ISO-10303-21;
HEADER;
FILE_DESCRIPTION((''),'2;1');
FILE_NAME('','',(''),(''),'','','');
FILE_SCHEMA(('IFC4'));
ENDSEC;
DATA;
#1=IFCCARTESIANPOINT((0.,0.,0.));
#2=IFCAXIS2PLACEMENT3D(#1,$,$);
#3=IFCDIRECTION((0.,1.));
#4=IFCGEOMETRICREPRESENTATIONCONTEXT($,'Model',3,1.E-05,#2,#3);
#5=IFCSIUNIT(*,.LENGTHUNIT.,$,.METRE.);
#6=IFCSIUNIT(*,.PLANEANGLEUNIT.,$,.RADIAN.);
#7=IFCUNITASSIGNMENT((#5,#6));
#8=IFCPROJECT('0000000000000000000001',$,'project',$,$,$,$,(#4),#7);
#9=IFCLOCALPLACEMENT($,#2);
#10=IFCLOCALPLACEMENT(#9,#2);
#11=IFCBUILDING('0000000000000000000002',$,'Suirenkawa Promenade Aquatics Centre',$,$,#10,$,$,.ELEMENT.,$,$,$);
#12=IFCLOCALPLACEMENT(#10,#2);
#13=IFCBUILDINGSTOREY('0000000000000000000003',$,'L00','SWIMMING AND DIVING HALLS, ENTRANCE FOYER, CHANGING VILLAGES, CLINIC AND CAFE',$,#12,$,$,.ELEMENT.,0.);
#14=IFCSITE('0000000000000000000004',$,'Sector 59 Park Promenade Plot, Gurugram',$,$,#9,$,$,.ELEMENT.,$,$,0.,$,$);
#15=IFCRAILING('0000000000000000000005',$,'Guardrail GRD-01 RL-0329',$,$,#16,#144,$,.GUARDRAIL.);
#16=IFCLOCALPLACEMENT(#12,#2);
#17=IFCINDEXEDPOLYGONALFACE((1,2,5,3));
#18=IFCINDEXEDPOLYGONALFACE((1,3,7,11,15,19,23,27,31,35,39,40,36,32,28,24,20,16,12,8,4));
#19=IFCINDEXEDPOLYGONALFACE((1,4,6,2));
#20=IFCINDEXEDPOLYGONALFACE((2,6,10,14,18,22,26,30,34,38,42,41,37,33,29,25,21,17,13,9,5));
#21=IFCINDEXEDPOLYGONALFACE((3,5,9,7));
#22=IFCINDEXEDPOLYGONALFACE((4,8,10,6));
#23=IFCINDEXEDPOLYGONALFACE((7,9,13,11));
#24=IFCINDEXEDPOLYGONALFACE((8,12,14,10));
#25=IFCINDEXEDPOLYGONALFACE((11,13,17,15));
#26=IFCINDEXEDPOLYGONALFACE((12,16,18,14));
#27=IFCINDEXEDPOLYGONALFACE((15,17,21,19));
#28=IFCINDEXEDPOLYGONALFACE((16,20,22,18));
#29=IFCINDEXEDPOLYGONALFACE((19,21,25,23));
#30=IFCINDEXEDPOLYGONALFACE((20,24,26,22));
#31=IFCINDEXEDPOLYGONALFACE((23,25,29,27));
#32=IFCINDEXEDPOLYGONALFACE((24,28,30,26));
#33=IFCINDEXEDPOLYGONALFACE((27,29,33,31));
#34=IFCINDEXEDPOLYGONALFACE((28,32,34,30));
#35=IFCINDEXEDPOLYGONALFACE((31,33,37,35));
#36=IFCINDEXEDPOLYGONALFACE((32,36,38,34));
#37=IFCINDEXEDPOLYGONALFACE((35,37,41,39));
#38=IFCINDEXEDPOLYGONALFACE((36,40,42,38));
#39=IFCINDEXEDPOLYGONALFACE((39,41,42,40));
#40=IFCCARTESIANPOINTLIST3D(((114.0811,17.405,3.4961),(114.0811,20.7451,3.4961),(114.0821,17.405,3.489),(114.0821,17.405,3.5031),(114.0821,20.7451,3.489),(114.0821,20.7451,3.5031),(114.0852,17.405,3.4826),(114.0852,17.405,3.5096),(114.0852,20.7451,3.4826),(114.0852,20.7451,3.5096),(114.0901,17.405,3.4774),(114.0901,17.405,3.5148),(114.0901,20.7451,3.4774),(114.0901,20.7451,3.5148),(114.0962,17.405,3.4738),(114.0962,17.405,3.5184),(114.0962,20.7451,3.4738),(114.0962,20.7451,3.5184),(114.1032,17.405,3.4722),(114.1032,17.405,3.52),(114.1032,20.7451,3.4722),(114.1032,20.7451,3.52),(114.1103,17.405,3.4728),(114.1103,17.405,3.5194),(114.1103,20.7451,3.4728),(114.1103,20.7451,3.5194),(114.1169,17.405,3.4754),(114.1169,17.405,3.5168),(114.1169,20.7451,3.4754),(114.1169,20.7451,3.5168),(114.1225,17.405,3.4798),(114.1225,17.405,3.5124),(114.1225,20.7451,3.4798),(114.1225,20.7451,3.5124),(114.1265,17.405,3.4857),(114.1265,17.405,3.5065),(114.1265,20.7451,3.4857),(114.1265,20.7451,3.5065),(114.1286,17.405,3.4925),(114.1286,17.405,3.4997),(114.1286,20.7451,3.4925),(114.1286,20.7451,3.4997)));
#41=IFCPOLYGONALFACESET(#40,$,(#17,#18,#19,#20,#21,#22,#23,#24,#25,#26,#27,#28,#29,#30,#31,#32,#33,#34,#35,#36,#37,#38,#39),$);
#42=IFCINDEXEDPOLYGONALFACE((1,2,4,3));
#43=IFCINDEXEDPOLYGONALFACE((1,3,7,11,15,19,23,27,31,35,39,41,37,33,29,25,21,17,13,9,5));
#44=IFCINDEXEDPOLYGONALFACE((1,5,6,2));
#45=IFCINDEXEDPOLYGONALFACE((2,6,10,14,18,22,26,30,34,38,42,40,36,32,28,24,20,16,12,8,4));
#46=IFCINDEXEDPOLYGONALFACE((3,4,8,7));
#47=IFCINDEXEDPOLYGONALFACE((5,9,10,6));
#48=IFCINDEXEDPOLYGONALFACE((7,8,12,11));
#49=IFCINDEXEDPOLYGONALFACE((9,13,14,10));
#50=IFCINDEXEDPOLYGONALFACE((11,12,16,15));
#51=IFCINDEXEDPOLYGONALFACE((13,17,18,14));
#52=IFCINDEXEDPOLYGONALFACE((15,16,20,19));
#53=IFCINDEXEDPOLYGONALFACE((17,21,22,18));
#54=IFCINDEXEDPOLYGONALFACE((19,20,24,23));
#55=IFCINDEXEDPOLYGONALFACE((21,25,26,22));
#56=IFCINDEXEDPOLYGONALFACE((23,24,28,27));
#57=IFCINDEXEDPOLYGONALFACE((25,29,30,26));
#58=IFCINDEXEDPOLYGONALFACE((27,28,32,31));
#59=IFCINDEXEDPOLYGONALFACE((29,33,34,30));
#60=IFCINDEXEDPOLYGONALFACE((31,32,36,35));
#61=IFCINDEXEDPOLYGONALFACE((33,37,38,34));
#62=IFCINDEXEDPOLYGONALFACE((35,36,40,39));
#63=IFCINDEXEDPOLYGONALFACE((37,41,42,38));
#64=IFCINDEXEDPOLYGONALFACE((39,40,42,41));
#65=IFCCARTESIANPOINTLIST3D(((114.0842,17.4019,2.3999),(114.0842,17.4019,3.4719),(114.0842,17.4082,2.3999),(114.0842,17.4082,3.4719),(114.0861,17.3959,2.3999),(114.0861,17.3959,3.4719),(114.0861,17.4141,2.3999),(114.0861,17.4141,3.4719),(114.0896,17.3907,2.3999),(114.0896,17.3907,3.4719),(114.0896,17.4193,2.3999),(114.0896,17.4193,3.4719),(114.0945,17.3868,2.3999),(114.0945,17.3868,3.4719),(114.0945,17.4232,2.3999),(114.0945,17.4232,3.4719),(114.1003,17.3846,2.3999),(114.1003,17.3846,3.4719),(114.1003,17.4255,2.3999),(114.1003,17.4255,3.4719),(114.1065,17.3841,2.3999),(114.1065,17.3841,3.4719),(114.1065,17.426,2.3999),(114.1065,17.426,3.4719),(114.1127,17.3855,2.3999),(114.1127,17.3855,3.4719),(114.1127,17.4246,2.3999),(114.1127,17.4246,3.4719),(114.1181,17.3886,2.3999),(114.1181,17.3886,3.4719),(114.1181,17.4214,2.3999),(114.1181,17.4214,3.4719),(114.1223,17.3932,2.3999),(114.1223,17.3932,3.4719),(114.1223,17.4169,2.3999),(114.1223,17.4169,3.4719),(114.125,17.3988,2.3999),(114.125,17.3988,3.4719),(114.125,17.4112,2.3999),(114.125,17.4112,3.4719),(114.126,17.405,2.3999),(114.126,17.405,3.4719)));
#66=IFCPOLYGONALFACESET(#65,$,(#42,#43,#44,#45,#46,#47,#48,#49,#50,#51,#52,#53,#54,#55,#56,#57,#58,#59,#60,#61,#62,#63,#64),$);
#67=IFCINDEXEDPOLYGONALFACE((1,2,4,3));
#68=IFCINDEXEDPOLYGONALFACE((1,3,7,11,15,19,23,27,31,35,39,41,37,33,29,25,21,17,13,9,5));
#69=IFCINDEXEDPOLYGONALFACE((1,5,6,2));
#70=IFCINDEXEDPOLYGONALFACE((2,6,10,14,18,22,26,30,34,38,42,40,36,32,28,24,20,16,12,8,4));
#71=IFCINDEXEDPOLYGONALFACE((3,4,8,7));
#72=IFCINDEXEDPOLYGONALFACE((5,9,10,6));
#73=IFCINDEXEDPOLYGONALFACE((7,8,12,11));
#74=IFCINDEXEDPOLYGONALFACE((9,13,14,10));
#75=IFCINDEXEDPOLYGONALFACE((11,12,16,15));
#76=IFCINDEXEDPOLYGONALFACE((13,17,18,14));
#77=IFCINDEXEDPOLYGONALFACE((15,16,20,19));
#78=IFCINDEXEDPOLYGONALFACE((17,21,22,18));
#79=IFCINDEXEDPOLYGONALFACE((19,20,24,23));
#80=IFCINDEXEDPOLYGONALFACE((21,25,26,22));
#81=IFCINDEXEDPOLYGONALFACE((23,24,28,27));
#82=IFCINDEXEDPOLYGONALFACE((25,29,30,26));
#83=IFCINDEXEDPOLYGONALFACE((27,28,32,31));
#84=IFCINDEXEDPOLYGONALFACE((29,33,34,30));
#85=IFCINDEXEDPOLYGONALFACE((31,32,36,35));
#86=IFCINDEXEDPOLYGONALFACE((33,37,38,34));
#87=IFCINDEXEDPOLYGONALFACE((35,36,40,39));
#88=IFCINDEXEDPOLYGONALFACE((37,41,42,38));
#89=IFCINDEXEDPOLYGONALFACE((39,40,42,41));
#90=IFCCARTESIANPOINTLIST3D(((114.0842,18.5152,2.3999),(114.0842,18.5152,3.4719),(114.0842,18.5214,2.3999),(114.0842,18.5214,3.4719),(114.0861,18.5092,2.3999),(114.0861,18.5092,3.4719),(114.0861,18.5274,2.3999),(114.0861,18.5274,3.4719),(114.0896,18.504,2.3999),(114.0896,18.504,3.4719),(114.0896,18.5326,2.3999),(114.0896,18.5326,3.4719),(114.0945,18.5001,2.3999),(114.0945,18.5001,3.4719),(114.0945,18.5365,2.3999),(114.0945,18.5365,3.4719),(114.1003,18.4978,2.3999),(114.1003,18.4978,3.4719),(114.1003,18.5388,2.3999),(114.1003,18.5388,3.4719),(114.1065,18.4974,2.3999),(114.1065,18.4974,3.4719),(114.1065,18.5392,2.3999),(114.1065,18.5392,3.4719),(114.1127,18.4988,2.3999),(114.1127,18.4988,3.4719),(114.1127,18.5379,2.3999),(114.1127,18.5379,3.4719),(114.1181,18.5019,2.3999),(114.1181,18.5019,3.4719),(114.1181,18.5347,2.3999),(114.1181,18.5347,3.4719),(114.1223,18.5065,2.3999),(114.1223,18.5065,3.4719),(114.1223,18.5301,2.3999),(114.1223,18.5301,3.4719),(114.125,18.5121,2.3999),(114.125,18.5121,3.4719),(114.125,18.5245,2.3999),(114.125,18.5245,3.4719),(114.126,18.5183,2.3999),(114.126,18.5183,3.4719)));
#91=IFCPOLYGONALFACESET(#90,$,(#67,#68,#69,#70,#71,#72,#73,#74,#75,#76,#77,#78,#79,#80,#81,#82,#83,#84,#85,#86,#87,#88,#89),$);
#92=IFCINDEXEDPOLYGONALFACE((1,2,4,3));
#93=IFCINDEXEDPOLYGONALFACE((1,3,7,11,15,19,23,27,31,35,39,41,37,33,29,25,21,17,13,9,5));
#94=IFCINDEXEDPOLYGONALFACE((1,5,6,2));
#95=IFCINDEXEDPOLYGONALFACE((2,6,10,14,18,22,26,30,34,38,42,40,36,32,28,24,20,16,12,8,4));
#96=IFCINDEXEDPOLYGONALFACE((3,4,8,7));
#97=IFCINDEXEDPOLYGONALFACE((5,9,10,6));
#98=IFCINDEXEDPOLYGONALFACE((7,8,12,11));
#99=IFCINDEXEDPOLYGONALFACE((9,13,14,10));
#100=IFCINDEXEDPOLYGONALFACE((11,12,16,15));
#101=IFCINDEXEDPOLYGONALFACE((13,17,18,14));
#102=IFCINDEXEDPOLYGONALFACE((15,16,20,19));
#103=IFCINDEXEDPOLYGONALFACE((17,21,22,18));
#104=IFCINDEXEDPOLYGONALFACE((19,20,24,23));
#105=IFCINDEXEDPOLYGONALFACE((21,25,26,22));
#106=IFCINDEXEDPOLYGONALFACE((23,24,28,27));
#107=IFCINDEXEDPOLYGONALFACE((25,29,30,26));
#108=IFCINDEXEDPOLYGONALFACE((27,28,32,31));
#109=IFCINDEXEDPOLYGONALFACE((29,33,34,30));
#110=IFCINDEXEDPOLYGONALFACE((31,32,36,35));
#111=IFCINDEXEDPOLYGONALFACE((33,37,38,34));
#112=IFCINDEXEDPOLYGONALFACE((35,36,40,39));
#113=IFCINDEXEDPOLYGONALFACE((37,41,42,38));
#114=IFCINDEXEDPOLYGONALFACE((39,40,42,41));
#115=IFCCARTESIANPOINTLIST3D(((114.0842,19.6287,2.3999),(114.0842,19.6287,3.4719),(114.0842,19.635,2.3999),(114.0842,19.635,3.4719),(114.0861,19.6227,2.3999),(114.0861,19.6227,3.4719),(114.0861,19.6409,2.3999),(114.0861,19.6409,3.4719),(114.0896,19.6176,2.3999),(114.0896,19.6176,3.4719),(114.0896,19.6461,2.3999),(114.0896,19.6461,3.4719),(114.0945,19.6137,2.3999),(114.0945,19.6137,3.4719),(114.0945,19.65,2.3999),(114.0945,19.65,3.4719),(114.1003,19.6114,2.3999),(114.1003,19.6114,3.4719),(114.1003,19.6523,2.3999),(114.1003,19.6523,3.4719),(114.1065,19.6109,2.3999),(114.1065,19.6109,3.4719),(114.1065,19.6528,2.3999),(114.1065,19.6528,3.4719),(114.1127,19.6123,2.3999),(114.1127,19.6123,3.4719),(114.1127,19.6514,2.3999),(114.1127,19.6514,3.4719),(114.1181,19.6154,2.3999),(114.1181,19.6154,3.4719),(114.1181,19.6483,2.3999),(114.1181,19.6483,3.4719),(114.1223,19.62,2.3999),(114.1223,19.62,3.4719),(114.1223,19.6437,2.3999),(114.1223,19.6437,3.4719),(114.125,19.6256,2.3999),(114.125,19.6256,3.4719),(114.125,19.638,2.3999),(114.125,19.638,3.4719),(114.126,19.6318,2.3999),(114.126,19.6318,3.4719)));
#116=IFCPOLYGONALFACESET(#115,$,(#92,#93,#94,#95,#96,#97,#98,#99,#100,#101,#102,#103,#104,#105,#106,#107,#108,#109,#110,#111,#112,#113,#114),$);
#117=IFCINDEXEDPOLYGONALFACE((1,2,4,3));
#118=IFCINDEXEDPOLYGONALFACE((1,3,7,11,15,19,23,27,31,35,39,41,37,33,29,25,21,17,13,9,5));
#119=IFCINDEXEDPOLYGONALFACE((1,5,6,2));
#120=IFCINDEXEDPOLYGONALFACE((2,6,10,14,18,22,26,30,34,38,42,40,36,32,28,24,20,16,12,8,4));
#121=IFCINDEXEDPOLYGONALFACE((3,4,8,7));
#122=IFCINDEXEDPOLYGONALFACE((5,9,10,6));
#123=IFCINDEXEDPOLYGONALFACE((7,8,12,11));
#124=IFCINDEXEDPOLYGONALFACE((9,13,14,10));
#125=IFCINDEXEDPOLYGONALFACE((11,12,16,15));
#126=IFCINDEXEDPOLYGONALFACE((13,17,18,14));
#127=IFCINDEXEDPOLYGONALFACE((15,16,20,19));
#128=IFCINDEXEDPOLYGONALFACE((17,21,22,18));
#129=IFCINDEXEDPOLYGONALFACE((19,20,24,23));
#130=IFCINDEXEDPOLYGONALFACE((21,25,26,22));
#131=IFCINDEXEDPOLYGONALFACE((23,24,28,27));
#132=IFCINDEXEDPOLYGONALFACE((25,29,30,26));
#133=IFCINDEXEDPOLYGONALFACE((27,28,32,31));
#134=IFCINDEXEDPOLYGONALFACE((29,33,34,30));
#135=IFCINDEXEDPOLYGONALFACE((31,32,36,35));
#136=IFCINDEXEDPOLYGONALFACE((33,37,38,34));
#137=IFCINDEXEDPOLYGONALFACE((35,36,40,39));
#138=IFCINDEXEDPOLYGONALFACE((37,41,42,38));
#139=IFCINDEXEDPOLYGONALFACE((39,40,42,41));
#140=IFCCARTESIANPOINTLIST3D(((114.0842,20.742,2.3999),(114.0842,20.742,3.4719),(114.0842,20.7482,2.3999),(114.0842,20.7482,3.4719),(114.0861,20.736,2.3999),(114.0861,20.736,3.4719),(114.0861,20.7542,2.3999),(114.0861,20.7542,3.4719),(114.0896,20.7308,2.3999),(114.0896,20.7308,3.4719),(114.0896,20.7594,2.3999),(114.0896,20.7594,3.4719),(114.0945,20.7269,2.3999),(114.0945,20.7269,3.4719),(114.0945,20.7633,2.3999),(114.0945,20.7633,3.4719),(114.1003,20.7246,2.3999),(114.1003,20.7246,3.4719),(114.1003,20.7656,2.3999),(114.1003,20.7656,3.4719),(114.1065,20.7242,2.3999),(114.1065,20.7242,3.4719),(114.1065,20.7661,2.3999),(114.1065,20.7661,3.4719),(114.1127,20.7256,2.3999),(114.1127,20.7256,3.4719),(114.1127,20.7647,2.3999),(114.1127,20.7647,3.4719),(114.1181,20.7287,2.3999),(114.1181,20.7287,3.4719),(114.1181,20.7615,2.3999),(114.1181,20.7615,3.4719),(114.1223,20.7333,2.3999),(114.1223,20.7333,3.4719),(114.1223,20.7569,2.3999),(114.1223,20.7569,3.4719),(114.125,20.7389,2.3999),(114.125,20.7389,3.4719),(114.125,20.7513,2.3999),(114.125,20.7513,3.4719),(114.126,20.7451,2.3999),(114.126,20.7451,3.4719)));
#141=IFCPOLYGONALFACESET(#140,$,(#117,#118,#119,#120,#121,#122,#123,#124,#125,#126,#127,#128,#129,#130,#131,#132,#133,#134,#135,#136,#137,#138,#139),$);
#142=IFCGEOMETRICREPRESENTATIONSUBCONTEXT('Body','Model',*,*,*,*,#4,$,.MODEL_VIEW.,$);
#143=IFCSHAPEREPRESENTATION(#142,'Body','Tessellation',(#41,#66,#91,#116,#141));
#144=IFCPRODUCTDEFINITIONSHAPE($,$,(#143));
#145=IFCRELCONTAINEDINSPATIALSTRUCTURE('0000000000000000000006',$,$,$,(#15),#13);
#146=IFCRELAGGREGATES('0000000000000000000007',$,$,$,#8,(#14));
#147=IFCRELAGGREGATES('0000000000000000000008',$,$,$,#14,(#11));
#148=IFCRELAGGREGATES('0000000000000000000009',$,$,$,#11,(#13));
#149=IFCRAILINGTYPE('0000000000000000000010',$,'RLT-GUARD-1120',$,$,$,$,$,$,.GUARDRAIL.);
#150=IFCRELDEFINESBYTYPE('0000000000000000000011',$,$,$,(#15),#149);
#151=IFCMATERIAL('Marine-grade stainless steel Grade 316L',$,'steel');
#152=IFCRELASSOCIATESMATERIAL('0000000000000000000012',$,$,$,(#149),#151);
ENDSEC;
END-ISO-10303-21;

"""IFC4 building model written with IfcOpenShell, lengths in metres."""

from ifc_helpers import new_model, si_unit, direction, frame, origin, origin_2d, place, context, subcontext, project, spatial, circle, extrude, material, type_object, element, save


model = new_model("IFC4")

# Units and contexts
model_context = context("Model", 3, precision=1e-05, world=origin(), true_north=direction((0.0, 1.0)))
body_context = subcontext(model_context, "Body", "Model", "MODEL_VIEW")
ifc_project = project(units=[si_unit("LENGTHUNIT", "METRE"), si_unit("PLANEANGLEUNIT", "RADIAN")], contexts=[model_context])

# Site, building, storey
site_placement = place(None, origin())
site = spatial("IfcSite", under=ifc_project, at=site_placement, Name="Sector 59 Park Promenade Plot, Gurugram", CompositionType="ELEMENT", RefElevation=0.0)
building_placement = place(site_placement, origin())
building = spatial("IfcBuilding", under=site, at=building_placement, Name="Suirenkawa Promenade Aquatics Centre", CompositionType="ELEMENT")
storey_placement = place(building_placement, origin())
storey = spatial("IfcBuildingStorey", under=building, at=storey_placement, Name="L00", Description="SWIMMING AND DIVING HALLS, ENTRANCE FOYER, CHANGING VILLAGES, CLINIC AND CAFE", CompositionType="ELEMENT", Elevation=0.0)

# Railing
ifc_material_1 = material(Name="Marine-grade stainless steel Grade 316L", Category="steel")
railing_type_1 = type_object("IfcRailingType", Name="RLT-GUARD-1120", PredefinedType="GUARDRAIL", material=ifc_material_1)
for number, where, name in (
    (1, (114.105, 17.405, 2.3999), "Guardrail GRD-01 RL-0329"),
):
    element("IfcRailing", number, at=place(storey_placement, frame(where)), inside=storey, type_object=railing_type_1, Name=name, PredefinedType="GUARDRAIL", context=body_context, shape_type="SweptSolid", body=[
        extrude(circle(Radius=0.0239, at=origin_2d()), frame((0.0, 0.0, 1.0962), z_axis=(0.0, 1.0, 0.0), x_axis=(-1.0, 0.0, 0.0)), (0.0, 0.0, 1.0), 3.3401),
        extrude(circle(Radius=0.021, at=origin_2d()), origin(), (0.0, 0.0, 1.0), 1.072),
        extrude(circle(Radius=0.021, at=origin_2d()), frame((0.0, 1.1133, 0.0)), (0.0, 0.0, 1.0), 1.072),
        extrude(circle(Radius=0.021, at=origin_2d()), frame((0.0, 2.2268, 0.0)), (0.0, 0.0, 1.0), 1.072),
        extrude(circle(Radius=0.021, at=origin_2d()), frame((0.0, 3.3401, 0.0)), (0.0, 0.0, 1.0), 1.072),
    ])

save(model, "model.ifc")
